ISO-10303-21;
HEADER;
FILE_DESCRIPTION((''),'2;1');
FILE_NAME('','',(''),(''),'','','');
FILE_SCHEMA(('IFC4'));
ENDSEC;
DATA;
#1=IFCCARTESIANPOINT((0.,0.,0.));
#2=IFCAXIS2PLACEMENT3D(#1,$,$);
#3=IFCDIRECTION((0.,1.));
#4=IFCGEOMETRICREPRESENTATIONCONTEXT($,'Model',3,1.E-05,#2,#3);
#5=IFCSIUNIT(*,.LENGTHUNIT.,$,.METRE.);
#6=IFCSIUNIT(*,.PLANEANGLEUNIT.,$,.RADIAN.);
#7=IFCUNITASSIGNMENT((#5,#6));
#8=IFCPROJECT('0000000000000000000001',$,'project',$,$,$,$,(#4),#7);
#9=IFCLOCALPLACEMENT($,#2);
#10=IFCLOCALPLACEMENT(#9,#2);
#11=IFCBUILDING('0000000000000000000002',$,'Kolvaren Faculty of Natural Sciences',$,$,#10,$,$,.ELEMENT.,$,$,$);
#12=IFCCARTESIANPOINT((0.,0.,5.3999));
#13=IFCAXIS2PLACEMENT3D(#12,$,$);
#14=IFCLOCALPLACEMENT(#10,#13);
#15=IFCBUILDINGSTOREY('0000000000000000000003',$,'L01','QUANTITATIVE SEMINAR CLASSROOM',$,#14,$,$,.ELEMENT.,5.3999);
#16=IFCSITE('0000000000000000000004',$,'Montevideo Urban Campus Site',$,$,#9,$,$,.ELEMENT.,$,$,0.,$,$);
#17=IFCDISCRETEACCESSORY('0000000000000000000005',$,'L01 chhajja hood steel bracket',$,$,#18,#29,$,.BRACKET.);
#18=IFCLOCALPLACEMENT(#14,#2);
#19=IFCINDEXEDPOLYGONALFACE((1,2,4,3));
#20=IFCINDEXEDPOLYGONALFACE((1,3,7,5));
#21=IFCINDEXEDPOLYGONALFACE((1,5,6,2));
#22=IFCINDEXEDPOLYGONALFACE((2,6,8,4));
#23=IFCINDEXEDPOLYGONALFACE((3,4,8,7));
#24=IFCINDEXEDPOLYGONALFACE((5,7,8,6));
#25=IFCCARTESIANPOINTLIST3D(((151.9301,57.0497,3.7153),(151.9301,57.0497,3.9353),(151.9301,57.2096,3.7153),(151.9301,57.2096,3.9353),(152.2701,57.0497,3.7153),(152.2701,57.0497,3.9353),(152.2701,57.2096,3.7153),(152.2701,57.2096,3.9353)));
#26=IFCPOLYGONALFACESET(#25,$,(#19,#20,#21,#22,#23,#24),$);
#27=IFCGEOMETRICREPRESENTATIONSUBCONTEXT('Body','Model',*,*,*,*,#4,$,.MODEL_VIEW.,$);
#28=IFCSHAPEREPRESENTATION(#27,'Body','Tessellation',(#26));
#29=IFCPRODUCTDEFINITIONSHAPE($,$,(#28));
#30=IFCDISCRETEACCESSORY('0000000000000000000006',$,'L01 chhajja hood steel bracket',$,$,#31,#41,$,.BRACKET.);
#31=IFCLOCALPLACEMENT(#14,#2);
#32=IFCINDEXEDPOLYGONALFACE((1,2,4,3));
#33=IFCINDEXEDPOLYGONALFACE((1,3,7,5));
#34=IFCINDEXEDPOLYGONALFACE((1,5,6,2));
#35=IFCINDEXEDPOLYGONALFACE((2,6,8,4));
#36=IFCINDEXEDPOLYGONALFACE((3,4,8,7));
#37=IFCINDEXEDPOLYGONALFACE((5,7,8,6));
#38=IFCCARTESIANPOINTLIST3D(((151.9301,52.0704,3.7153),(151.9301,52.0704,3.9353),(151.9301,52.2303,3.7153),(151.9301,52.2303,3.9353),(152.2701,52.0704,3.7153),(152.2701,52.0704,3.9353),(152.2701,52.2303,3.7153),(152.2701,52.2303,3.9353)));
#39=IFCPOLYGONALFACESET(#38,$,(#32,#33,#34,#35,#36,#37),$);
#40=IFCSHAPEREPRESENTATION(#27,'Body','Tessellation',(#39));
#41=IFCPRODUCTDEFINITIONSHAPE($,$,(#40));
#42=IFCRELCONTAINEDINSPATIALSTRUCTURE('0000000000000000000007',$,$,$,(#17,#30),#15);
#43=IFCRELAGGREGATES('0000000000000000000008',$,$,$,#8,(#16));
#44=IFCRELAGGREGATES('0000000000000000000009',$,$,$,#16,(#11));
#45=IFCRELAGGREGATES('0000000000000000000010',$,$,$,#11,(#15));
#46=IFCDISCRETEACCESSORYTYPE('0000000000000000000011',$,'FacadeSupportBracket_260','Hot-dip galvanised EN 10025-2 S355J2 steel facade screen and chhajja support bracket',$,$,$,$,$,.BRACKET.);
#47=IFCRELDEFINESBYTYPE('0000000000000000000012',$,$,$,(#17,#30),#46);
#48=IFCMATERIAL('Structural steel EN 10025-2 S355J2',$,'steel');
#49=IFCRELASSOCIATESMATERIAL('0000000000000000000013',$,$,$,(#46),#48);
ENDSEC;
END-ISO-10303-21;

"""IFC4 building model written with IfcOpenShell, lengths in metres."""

from ifc_helpers import new_model, si_unit, direction, frame, origin, origin_2d, place, context, subcontext, project, spatial, rectangle, extrude, material, type_object, element, save


model = new_model("IFC4")

# Units and contexts
model_context = context("Model", 3, precision=1e-05, world=origin(), true_north=direction((0.0, 1.0)))
body_context = subcontext(model_context, "Body", "Model", "MODEL_VIEW")
ifc_project = project(units=[si_unit("LENGTHUNIT", "METRE"), si_unit("PLANEANGLEUNIT", "RADIAN")], contexts=[model_context])

# Site, building, storey
site_placement = place(None, origin())
site = spatial("IfcSite", under=ifc_project, at=site_placement, Name="Montevideo Urban Campus Site", CompositionType="ELEMENT", RefElevation=0.0)
building_placement = place(site_placement, origin())
building = spatial("IfcBuilding", under=site, at=building_placement, Name="Kolvaren Faculty of Natural Sciences", CompositionType="ELEMENT")
storey_placement = place(building_placement, frame((0.0, 0.0, 5.3999)))
storey = spatial("IfcBuildingStorey", under=building, at=storey_placement, Name="L01", Description="QUANTITATIVE SEMINAR CLASSROOM", CompositionType="ELEMENT", Elevation=5.3999)

# Discrete accessories
ifc_material_1 = material(Name="Structural steel EN 10025-2 S355J2", Category="steel")
discrete_accessory_type = type_object("IfcDiscreteAccessoryType", Name="FacadeSupportBracket_260", Description="Hot-dip galvanised EN 10025-2 S355J2 steel facade screen and chhajja support bracket", PredefinedType="BRACKET", material=ifc_material_1)
for number, where, z_axis, x_axis, name in (
    (1, (152.1001, 57.1296, 3.7153), (0.0, 0.0, 1.0), (0.0, -1.0, 0.0), "L01 chhajja hood steel bracket"),
    (2, (152.1001, 52.1504, 3.7153), (0.0, 0.0, 1.0), (0.0, -1.0, 0.0), "L01 chhajja hood steel bracket"),
):
    element("IfcDiscreteAccessory", number, at=place(storey_placement, frame(where, z_axis=z_axis, x_axis=x_axis)), inside=storey, type_object=discrete_accessory_type, Name=name, PredefinedType="BRACKET", context=body_context, shape_type="SweptSolid", body=[
        extrude(rectangle(XDim=0.1599, YDim=0.3401, at=origin_2d()), origin(), (0.0, 0.0, 1.0), 0.22),
    ])

save(model, "model.ifc")
